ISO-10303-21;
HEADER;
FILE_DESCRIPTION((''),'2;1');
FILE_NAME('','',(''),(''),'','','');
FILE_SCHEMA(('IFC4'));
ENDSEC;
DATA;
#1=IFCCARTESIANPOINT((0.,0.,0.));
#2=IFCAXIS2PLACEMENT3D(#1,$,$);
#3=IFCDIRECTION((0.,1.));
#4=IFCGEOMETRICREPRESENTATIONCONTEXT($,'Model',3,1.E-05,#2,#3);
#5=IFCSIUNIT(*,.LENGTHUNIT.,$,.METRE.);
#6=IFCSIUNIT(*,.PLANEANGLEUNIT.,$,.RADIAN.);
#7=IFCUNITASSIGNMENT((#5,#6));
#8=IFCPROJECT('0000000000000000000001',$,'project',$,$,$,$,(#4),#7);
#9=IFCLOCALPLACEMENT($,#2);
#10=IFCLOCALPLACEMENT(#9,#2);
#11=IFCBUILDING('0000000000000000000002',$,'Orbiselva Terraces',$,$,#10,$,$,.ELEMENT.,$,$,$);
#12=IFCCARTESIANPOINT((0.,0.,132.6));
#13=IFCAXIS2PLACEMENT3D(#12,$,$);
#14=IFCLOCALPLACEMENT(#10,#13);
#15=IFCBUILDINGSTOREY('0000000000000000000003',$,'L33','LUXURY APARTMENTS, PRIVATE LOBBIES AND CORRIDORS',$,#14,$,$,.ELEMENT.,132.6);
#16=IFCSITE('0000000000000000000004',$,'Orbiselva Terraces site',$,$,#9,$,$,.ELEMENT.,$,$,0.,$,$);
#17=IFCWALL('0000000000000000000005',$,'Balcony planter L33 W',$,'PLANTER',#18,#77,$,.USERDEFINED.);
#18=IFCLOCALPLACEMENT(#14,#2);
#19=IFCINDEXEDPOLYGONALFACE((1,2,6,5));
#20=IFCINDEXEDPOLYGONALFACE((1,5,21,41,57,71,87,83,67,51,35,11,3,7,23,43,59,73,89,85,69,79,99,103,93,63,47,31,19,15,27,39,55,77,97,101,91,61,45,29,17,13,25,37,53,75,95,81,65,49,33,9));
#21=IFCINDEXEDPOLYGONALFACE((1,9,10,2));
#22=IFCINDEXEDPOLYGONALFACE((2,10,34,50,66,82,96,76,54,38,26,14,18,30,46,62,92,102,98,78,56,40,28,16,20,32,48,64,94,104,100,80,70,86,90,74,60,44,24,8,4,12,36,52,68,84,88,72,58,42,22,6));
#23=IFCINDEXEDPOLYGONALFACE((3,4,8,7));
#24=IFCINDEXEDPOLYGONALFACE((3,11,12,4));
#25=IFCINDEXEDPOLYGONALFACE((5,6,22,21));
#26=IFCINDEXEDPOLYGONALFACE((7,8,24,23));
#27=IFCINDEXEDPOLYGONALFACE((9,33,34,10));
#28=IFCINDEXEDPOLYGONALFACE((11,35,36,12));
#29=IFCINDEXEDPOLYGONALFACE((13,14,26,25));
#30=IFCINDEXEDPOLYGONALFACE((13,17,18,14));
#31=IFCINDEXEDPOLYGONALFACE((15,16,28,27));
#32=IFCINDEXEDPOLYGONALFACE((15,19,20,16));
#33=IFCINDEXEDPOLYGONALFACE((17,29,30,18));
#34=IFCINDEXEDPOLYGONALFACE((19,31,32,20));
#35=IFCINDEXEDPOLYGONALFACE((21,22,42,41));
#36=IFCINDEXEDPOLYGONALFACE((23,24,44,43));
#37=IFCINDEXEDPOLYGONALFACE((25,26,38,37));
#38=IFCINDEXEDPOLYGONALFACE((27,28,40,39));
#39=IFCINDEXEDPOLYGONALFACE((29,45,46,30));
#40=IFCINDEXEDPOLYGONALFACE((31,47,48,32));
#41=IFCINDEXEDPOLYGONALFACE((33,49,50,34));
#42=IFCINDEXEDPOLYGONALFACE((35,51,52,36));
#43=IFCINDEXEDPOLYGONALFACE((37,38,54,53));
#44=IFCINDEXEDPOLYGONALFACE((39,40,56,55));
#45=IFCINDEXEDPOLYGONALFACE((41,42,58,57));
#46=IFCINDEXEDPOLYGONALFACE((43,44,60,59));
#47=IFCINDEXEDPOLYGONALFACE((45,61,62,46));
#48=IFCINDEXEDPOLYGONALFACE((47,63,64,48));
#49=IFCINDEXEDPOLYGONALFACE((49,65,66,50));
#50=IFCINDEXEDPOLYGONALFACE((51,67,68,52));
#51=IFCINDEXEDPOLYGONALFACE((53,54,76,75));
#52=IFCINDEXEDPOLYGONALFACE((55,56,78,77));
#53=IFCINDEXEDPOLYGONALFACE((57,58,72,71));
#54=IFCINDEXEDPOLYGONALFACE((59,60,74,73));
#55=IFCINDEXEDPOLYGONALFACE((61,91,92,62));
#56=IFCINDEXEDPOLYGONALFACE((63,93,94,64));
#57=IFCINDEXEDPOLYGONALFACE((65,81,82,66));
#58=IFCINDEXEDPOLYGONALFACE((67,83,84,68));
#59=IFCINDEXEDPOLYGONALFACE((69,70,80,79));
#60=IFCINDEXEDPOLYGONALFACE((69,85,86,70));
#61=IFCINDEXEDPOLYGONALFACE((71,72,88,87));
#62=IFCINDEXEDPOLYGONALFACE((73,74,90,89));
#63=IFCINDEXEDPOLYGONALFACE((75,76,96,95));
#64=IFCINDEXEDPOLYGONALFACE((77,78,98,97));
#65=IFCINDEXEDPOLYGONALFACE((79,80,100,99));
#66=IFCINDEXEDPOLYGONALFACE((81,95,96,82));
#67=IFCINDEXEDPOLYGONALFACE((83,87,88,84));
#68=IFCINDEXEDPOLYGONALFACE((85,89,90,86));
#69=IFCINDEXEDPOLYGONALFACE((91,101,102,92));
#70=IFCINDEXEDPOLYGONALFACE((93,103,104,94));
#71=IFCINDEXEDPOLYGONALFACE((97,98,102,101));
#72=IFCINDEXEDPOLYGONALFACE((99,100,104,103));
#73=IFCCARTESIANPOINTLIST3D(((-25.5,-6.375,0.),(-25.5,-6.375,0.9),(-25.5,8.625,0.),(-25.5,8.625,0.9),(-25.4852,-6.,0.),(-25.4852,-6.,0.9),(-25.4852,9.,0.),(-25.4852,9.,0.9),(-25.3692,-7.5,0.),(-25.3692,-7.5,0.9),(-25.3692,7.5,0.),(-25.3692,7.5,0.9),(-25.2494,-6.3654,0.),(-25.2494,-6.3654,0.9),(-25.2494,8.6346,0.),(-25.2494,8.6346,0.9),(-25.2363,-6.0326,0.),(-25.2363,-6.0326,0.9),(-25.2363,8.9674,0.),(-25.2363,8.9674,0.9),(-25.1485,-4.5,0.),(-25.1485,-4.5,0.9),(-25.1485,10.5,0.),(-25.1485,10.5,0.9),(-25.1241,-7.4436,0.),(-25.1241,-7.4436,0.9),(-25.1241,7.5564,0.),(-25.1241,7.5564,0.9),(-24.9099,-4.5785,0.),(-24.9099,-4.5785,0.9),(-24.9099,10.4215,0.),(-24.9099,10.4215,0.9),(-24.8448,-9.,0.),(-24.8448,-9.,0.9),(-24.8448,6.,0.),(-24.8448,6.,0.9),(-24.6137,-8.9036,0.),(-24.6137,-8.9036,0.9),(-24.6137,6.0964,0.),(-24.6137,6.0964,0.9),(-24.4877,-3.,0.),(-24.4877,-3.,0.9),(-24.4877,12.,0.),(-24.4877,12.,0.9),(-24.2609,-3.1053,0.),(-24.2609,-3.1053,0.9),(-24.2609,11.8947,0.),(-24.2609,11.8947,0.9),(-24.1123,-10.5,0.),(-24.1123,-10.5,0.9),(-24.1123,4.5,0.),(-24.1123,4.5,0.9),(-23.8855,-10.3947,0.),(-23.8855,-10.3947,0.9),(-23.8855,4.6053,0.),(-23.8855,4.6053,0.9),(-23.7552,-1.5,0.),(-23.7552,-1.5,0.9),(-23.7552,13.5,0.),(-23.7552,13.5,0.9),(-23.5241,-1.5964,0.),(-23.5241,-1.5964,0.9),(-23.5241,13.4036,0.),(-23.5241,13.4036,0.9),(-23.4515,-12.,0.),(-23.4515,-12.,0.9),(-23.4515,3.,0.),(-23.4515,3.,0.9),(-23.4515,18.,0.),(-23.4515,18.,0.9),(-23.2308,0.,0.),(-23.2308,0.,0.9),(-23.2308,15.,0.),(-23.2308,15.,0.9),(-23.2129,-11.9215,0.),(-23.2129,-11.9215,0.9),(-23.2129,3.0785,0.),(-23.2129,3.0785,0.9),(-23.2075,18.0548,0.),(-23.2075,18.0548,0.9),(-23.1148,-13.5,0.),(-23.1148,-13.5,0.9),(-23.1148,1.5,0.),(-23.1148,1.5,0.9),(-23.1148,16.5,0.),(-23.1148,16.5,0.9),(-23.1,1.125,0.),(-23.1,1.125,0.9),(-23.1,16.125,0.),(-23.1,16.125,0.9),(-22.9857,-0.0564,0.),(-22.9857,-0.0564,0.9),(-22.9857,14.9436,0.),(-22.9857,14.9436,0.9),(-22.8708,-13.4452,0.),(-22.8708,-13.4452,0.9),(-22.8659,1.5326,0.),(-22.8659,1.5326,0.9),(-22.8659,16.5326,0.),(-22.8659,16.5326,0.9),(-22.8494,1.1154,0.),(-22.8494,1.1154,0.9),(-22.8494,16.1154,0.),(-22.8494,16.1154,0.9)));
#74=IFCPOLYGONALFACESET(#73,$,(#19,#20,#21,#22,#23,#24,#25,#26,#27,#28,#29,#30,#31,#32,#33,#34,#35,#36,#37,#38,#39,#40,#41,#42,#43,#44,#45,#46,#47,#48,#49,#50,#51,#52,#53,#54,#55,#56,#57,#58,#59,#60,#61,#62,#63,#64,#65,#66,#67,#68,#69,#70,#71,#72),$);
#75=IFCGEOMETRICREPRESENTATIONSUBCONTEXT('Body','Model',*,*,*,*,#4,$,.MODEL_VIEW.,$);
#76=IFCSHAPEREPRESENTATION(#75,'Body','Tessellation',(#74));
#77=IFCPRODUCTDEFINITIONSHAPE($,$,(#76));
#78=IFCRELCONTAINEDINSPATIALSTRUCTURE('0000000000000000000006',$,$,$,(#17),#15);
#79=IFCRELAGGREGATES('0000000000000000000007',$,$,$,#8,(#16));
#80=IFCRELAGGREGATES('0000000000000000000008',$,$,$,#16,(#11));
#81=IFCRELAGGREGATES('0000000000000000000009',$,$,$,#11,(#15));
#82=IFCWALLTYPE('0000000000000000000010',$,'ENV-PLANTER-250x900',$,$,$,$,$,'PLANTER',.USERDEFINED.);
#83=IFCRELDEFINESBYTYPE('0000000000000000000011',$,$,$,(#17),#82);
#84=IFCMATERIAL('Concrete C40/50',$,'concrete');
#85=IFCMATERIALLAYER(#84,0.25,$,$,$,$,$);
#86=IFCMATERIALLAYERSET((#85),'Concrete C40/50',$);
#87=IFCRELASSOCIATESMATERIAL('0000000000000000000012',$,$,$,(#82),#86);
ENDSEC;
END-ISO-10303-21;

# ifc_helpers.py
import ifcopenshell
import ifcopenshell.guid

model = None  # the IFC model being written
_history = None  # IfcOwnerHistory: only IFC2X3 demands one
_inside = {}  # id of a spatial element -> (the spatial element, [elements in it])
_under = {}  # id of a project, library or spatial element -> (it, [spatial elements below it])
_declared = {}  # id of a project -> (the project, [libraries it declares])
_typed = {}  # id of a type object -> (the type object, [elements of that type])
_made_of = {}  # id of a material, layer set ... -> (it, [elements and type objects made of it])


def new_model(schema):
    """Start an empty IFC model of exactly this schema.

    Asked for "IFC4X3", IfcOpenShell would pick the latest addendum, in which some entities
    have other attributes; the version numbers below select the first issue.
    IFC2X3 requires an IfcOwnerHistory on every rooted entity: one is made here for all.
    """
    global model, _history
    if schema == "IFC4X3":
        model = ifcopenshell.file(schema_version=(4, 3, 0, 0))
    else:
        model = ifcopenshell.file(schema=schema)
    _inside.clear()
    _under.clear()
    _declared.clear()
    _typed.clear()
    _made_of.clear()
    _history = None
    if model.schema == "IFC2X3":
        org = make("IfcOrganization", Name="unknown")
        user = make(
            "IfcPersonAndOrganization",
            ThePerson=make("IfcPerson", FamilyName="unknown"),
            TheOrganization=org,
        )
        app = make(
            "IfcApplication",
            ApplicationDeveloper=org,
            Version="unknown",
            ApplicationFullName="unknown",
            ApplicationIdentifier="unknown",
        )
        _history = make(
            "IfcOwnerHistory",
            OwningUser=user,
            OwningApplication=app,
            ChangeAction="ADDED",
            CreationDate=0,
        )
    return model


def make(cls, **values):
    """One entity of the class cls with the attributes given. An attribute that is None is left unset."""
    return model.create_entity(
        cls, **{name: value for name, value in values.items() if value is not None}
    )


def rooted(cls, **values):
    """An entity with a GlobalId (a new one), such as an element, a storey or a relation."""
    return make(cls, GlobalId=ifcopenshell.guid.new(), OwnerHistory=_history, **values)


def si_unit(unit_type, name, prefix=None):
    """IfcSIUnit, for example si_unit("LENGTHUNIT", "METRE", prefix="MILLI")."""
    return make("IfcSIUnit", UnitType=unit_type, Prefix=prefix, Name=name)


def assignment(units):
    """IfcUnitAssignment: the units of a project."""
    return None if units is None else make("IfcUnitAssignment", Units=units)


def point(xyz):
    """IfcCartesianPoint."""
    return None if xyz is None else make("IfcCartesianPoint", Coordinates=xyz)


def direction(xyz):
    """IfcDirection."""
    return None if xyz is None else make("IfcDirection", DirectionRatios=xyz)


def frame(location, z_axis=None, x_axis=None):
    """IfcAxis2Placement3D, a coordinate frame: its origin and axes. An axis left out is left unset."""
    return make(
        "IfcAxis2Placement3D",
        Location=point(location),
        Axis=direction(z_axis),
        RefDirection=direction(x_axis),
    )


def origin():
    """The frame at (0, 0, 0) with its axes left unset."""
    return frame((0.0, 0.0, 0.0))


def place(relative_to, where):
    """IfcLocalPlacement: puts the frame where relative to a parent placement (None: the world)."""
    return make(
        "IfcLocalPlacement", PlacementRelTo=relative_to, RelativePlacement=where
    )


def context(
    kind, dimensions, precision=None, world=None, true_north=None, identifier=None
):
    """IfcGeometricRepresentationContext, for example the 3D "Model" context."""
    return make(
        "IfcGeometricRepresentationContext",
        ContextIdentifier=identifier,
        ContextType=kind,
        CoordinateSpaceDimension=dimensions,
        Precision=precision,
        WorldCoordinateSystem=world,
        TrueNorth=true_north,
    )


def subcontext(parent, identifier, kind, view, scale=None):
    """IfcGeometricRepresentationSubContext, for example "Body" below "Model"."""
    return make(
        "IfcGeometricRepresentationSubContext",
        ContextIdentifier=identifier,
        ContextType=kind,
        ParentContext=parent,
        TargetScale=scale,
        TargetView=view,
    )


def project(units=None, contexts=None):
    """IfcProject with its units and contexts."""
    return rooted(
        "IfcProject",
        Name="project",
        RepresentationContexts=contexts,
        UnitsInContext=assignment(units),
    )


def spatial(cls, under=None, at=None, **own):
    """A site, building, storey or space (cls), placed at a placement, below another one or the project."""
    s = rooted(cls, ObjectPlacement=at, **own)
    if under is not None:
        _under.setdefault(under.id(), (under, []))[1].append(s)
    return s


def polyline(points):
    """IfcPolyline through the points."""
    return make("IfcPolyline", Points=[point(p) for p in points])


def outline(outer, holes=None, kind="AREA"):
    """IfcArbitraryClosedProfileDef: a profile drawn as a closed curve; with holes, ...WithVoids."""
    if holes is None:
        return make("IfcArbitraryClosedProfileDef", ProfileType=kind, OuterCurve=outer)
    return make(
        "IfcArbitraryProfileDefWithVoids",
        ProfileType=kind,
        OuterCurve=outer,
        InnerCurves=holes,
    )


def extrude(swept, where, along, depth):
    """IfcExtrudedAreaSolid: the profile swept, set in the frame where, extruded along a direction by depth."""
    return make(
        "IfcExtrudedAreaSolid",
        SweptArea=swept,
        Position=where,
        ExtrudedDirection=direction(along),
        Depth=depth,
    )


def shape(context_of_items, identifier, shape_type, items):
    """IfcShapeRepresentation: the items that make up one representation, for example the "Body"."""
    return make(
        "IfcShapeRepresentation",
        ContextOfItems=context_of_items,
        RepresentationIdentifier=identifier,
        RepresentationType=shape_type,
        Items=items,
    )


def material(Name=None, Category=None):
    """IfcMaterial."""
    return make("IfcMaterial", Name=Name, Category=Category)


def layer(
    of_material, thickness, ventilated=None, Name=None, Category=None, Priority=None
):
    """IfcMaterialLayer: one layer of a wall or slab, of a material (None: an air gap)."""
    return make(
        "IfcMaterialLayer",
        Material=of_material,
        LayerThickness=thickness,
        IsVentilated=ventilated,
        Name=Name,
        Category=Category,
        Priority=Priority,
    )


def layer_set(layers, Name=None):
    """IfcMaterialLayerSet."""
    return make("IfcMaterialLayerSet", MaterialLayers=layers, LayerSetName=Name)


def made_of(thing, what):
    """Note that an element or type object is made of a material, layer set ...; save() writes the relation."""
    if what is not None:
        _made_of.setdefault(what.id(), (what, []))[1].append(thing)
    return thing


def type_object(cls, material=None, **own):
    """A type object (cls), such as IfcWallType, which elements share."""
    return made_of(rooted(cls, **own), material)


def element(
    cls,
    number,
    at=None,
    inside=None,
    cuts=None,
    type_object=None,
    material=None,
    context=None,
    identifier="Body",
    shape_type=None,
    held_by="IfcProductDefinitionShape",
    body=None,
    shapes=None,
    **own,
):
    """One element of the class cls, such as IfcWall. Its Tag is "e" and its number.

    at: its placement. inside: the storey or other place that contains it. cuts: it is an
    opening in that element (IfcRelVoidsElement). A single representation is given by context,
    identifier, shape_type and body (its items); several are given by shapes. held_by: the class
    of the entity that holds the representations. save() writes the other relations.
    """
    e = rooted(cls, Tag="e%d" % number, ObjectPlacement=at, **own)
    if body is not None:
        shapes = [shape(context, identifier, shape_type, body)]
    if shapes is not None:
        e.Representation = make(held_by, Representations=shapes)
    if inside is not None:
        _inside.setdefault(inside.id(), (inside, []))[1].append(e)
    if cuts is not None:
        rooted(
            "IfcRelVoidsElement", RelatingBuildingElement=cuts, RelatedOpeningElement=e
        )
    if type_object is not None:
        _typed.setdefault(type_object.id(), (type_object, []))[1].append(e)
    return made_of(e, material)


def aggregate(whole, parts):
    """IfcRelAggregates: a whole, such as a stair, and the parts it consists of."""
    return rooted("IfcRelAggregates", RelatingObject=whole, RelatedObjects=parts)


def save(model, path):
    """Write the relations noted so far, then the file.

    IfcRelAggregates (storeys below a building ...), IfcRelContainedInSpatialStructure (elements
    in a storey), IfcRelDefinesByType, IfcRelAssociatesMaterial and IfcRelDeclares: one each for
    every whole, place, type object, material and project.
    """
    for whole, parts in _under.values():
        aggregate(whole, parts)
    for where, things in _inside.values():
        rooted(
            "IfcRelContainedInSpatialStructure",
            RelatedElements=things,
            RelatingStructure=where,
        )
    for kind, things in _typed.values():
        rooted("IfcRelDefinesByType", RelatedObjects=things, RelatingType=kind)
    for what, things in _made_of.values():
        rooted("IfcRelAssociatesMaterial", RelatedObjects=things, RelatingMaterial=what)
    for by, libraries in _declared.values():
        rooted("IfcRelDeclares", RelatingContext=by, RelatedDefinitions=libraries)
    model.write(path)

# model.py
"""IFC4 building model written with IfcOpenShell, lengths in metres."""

from ifc_helpers import new_model, si_unit, direction, frame, origin, place, context, subcontext, project, spatial, polyline, outline, extrude, material, layer, layer_set, type_object, element, save


model = new_model("IFC4")

# Units and contexts
model_context = context("Model", 3, precision=1e-05, world=origin(), true_north=direction((0.0, 1.0)))
body_context = subcontext(model_context, "Body", "Model", "MODEL_VIEW")
ifc_project = project(units=[si_unit("LENGTHUNIT", "METRE"), si_unit("PLANEANGLEUNIT", "RADIAN")], contexts=[model_context])

# Site, building, storey
site_placement = place(None, origin())
site = spatial("IfcSite", under=ifc_project, at=site_placement, Name="Orbiselva Terraces site", CompositionType="ELEMENT", RefElevation=0.0)
building_placement = place(site_placement, origin())
building = spatial("IfcBuilding", under=site, at=building_placement, Name="Orbiselva Terraces", CompositionType="ELEMENT")
storey_placement = place(building_placement, frame((0.0, 0.0, 132.6)))
storey = spatial("IfcBuildingStorey", under=building, at=storey_placement, Name="L33", Description="LUXURY APARTMENTS, PRIVATE LOBBIES AND CORRIDORS", CompositionType="ELEMENT", Elevation=132.6)

# Shared definitions
ifc_material_1 = material(Name="Concrete C40/50", Category="concrete")

# Wall
ifc_layer_1 = layer(ifc_material_1, 0.25)
ifc_layer_set_1 = layer_set([ifc_layer_1], Name="Concrete C40/50")
wall_type = type_object("IfcWallType", Name="ENV-PLANTER-250x900", ElementType="PLANTER", PredefinedType="USERDEFINED", material=ifc_layer_set_1)
wall_1_placement = place(storey_placement, origin())
element("IfcWall", 1, at=wall_1_placement, inside=storey, type_object=wall_type, Name="Balcony planter L33 W", ObjectType="PLANTER", PredefinedType="USERDEFINED", context=body_context, shape_type="SweptSolid", body=[
    extrude(outline(polyline([(-23.4515, 18.0), (-23.1148, 16.5), (-23.1, 16.125), (-23.2308, 15.0), (-23.7552, 13.5), (-24.4877, 12.0), (-25.1485, 10.5), (-25.4852, 9.0), (-25.5, 8.625), (-25.3692, 7.5), (-24.8448, 6.0), (-24.1123, 4.5), (-23.4515, 3.0), (-23.1148, 1.5), (-23.1, 1.125), (-23.2308, 0.0), (-23.7552, -1.5), (-24.4877, -3.0), (-25.1485, -4.5), (-25.4852, -6.0), (-25.5, -6.375), (-25.3692, -7.5), (-24.8448, -9.0), (-24.1123, -10.5), (-23.4515, -12.0), (-23.1148, -13.5), (-22.8708, -13.4452), (-23.2129, -11.9215), (-23.8855, -10.3947), (-24.6137, -8.9036), (-25.1241, -7.4436), (-25.2494, -6.3654), (-25.2363, -6.0326), (-24.9099, -4.5785), (-24.2609, -3.1053), (-23.5241, -1.5964), (-22.9857, -0.0564), (-22.8494, 1.1154), (-22.8659, 1.5326), (-23.2129, 3.0785), (-23.8855, 4.6053), (-24.6137, 6.0964), (-25.1241, 7.5564), (-25.2494, 8.6346), (-25.2363, 8.9674), (-24.9099, 10.4215), (-24.2609, 11.8947), (-23.5241, 13.4036), (-22.9857, 14.9436), (-22.8494, 16.1154), (-22.8659, 16.5326), (-23.2075, 18.0548), (-23.4515, 18.0)])), origin(), (0.0, 0.0, 1.0), 0.9),
])

save(model, "model.ifc")
